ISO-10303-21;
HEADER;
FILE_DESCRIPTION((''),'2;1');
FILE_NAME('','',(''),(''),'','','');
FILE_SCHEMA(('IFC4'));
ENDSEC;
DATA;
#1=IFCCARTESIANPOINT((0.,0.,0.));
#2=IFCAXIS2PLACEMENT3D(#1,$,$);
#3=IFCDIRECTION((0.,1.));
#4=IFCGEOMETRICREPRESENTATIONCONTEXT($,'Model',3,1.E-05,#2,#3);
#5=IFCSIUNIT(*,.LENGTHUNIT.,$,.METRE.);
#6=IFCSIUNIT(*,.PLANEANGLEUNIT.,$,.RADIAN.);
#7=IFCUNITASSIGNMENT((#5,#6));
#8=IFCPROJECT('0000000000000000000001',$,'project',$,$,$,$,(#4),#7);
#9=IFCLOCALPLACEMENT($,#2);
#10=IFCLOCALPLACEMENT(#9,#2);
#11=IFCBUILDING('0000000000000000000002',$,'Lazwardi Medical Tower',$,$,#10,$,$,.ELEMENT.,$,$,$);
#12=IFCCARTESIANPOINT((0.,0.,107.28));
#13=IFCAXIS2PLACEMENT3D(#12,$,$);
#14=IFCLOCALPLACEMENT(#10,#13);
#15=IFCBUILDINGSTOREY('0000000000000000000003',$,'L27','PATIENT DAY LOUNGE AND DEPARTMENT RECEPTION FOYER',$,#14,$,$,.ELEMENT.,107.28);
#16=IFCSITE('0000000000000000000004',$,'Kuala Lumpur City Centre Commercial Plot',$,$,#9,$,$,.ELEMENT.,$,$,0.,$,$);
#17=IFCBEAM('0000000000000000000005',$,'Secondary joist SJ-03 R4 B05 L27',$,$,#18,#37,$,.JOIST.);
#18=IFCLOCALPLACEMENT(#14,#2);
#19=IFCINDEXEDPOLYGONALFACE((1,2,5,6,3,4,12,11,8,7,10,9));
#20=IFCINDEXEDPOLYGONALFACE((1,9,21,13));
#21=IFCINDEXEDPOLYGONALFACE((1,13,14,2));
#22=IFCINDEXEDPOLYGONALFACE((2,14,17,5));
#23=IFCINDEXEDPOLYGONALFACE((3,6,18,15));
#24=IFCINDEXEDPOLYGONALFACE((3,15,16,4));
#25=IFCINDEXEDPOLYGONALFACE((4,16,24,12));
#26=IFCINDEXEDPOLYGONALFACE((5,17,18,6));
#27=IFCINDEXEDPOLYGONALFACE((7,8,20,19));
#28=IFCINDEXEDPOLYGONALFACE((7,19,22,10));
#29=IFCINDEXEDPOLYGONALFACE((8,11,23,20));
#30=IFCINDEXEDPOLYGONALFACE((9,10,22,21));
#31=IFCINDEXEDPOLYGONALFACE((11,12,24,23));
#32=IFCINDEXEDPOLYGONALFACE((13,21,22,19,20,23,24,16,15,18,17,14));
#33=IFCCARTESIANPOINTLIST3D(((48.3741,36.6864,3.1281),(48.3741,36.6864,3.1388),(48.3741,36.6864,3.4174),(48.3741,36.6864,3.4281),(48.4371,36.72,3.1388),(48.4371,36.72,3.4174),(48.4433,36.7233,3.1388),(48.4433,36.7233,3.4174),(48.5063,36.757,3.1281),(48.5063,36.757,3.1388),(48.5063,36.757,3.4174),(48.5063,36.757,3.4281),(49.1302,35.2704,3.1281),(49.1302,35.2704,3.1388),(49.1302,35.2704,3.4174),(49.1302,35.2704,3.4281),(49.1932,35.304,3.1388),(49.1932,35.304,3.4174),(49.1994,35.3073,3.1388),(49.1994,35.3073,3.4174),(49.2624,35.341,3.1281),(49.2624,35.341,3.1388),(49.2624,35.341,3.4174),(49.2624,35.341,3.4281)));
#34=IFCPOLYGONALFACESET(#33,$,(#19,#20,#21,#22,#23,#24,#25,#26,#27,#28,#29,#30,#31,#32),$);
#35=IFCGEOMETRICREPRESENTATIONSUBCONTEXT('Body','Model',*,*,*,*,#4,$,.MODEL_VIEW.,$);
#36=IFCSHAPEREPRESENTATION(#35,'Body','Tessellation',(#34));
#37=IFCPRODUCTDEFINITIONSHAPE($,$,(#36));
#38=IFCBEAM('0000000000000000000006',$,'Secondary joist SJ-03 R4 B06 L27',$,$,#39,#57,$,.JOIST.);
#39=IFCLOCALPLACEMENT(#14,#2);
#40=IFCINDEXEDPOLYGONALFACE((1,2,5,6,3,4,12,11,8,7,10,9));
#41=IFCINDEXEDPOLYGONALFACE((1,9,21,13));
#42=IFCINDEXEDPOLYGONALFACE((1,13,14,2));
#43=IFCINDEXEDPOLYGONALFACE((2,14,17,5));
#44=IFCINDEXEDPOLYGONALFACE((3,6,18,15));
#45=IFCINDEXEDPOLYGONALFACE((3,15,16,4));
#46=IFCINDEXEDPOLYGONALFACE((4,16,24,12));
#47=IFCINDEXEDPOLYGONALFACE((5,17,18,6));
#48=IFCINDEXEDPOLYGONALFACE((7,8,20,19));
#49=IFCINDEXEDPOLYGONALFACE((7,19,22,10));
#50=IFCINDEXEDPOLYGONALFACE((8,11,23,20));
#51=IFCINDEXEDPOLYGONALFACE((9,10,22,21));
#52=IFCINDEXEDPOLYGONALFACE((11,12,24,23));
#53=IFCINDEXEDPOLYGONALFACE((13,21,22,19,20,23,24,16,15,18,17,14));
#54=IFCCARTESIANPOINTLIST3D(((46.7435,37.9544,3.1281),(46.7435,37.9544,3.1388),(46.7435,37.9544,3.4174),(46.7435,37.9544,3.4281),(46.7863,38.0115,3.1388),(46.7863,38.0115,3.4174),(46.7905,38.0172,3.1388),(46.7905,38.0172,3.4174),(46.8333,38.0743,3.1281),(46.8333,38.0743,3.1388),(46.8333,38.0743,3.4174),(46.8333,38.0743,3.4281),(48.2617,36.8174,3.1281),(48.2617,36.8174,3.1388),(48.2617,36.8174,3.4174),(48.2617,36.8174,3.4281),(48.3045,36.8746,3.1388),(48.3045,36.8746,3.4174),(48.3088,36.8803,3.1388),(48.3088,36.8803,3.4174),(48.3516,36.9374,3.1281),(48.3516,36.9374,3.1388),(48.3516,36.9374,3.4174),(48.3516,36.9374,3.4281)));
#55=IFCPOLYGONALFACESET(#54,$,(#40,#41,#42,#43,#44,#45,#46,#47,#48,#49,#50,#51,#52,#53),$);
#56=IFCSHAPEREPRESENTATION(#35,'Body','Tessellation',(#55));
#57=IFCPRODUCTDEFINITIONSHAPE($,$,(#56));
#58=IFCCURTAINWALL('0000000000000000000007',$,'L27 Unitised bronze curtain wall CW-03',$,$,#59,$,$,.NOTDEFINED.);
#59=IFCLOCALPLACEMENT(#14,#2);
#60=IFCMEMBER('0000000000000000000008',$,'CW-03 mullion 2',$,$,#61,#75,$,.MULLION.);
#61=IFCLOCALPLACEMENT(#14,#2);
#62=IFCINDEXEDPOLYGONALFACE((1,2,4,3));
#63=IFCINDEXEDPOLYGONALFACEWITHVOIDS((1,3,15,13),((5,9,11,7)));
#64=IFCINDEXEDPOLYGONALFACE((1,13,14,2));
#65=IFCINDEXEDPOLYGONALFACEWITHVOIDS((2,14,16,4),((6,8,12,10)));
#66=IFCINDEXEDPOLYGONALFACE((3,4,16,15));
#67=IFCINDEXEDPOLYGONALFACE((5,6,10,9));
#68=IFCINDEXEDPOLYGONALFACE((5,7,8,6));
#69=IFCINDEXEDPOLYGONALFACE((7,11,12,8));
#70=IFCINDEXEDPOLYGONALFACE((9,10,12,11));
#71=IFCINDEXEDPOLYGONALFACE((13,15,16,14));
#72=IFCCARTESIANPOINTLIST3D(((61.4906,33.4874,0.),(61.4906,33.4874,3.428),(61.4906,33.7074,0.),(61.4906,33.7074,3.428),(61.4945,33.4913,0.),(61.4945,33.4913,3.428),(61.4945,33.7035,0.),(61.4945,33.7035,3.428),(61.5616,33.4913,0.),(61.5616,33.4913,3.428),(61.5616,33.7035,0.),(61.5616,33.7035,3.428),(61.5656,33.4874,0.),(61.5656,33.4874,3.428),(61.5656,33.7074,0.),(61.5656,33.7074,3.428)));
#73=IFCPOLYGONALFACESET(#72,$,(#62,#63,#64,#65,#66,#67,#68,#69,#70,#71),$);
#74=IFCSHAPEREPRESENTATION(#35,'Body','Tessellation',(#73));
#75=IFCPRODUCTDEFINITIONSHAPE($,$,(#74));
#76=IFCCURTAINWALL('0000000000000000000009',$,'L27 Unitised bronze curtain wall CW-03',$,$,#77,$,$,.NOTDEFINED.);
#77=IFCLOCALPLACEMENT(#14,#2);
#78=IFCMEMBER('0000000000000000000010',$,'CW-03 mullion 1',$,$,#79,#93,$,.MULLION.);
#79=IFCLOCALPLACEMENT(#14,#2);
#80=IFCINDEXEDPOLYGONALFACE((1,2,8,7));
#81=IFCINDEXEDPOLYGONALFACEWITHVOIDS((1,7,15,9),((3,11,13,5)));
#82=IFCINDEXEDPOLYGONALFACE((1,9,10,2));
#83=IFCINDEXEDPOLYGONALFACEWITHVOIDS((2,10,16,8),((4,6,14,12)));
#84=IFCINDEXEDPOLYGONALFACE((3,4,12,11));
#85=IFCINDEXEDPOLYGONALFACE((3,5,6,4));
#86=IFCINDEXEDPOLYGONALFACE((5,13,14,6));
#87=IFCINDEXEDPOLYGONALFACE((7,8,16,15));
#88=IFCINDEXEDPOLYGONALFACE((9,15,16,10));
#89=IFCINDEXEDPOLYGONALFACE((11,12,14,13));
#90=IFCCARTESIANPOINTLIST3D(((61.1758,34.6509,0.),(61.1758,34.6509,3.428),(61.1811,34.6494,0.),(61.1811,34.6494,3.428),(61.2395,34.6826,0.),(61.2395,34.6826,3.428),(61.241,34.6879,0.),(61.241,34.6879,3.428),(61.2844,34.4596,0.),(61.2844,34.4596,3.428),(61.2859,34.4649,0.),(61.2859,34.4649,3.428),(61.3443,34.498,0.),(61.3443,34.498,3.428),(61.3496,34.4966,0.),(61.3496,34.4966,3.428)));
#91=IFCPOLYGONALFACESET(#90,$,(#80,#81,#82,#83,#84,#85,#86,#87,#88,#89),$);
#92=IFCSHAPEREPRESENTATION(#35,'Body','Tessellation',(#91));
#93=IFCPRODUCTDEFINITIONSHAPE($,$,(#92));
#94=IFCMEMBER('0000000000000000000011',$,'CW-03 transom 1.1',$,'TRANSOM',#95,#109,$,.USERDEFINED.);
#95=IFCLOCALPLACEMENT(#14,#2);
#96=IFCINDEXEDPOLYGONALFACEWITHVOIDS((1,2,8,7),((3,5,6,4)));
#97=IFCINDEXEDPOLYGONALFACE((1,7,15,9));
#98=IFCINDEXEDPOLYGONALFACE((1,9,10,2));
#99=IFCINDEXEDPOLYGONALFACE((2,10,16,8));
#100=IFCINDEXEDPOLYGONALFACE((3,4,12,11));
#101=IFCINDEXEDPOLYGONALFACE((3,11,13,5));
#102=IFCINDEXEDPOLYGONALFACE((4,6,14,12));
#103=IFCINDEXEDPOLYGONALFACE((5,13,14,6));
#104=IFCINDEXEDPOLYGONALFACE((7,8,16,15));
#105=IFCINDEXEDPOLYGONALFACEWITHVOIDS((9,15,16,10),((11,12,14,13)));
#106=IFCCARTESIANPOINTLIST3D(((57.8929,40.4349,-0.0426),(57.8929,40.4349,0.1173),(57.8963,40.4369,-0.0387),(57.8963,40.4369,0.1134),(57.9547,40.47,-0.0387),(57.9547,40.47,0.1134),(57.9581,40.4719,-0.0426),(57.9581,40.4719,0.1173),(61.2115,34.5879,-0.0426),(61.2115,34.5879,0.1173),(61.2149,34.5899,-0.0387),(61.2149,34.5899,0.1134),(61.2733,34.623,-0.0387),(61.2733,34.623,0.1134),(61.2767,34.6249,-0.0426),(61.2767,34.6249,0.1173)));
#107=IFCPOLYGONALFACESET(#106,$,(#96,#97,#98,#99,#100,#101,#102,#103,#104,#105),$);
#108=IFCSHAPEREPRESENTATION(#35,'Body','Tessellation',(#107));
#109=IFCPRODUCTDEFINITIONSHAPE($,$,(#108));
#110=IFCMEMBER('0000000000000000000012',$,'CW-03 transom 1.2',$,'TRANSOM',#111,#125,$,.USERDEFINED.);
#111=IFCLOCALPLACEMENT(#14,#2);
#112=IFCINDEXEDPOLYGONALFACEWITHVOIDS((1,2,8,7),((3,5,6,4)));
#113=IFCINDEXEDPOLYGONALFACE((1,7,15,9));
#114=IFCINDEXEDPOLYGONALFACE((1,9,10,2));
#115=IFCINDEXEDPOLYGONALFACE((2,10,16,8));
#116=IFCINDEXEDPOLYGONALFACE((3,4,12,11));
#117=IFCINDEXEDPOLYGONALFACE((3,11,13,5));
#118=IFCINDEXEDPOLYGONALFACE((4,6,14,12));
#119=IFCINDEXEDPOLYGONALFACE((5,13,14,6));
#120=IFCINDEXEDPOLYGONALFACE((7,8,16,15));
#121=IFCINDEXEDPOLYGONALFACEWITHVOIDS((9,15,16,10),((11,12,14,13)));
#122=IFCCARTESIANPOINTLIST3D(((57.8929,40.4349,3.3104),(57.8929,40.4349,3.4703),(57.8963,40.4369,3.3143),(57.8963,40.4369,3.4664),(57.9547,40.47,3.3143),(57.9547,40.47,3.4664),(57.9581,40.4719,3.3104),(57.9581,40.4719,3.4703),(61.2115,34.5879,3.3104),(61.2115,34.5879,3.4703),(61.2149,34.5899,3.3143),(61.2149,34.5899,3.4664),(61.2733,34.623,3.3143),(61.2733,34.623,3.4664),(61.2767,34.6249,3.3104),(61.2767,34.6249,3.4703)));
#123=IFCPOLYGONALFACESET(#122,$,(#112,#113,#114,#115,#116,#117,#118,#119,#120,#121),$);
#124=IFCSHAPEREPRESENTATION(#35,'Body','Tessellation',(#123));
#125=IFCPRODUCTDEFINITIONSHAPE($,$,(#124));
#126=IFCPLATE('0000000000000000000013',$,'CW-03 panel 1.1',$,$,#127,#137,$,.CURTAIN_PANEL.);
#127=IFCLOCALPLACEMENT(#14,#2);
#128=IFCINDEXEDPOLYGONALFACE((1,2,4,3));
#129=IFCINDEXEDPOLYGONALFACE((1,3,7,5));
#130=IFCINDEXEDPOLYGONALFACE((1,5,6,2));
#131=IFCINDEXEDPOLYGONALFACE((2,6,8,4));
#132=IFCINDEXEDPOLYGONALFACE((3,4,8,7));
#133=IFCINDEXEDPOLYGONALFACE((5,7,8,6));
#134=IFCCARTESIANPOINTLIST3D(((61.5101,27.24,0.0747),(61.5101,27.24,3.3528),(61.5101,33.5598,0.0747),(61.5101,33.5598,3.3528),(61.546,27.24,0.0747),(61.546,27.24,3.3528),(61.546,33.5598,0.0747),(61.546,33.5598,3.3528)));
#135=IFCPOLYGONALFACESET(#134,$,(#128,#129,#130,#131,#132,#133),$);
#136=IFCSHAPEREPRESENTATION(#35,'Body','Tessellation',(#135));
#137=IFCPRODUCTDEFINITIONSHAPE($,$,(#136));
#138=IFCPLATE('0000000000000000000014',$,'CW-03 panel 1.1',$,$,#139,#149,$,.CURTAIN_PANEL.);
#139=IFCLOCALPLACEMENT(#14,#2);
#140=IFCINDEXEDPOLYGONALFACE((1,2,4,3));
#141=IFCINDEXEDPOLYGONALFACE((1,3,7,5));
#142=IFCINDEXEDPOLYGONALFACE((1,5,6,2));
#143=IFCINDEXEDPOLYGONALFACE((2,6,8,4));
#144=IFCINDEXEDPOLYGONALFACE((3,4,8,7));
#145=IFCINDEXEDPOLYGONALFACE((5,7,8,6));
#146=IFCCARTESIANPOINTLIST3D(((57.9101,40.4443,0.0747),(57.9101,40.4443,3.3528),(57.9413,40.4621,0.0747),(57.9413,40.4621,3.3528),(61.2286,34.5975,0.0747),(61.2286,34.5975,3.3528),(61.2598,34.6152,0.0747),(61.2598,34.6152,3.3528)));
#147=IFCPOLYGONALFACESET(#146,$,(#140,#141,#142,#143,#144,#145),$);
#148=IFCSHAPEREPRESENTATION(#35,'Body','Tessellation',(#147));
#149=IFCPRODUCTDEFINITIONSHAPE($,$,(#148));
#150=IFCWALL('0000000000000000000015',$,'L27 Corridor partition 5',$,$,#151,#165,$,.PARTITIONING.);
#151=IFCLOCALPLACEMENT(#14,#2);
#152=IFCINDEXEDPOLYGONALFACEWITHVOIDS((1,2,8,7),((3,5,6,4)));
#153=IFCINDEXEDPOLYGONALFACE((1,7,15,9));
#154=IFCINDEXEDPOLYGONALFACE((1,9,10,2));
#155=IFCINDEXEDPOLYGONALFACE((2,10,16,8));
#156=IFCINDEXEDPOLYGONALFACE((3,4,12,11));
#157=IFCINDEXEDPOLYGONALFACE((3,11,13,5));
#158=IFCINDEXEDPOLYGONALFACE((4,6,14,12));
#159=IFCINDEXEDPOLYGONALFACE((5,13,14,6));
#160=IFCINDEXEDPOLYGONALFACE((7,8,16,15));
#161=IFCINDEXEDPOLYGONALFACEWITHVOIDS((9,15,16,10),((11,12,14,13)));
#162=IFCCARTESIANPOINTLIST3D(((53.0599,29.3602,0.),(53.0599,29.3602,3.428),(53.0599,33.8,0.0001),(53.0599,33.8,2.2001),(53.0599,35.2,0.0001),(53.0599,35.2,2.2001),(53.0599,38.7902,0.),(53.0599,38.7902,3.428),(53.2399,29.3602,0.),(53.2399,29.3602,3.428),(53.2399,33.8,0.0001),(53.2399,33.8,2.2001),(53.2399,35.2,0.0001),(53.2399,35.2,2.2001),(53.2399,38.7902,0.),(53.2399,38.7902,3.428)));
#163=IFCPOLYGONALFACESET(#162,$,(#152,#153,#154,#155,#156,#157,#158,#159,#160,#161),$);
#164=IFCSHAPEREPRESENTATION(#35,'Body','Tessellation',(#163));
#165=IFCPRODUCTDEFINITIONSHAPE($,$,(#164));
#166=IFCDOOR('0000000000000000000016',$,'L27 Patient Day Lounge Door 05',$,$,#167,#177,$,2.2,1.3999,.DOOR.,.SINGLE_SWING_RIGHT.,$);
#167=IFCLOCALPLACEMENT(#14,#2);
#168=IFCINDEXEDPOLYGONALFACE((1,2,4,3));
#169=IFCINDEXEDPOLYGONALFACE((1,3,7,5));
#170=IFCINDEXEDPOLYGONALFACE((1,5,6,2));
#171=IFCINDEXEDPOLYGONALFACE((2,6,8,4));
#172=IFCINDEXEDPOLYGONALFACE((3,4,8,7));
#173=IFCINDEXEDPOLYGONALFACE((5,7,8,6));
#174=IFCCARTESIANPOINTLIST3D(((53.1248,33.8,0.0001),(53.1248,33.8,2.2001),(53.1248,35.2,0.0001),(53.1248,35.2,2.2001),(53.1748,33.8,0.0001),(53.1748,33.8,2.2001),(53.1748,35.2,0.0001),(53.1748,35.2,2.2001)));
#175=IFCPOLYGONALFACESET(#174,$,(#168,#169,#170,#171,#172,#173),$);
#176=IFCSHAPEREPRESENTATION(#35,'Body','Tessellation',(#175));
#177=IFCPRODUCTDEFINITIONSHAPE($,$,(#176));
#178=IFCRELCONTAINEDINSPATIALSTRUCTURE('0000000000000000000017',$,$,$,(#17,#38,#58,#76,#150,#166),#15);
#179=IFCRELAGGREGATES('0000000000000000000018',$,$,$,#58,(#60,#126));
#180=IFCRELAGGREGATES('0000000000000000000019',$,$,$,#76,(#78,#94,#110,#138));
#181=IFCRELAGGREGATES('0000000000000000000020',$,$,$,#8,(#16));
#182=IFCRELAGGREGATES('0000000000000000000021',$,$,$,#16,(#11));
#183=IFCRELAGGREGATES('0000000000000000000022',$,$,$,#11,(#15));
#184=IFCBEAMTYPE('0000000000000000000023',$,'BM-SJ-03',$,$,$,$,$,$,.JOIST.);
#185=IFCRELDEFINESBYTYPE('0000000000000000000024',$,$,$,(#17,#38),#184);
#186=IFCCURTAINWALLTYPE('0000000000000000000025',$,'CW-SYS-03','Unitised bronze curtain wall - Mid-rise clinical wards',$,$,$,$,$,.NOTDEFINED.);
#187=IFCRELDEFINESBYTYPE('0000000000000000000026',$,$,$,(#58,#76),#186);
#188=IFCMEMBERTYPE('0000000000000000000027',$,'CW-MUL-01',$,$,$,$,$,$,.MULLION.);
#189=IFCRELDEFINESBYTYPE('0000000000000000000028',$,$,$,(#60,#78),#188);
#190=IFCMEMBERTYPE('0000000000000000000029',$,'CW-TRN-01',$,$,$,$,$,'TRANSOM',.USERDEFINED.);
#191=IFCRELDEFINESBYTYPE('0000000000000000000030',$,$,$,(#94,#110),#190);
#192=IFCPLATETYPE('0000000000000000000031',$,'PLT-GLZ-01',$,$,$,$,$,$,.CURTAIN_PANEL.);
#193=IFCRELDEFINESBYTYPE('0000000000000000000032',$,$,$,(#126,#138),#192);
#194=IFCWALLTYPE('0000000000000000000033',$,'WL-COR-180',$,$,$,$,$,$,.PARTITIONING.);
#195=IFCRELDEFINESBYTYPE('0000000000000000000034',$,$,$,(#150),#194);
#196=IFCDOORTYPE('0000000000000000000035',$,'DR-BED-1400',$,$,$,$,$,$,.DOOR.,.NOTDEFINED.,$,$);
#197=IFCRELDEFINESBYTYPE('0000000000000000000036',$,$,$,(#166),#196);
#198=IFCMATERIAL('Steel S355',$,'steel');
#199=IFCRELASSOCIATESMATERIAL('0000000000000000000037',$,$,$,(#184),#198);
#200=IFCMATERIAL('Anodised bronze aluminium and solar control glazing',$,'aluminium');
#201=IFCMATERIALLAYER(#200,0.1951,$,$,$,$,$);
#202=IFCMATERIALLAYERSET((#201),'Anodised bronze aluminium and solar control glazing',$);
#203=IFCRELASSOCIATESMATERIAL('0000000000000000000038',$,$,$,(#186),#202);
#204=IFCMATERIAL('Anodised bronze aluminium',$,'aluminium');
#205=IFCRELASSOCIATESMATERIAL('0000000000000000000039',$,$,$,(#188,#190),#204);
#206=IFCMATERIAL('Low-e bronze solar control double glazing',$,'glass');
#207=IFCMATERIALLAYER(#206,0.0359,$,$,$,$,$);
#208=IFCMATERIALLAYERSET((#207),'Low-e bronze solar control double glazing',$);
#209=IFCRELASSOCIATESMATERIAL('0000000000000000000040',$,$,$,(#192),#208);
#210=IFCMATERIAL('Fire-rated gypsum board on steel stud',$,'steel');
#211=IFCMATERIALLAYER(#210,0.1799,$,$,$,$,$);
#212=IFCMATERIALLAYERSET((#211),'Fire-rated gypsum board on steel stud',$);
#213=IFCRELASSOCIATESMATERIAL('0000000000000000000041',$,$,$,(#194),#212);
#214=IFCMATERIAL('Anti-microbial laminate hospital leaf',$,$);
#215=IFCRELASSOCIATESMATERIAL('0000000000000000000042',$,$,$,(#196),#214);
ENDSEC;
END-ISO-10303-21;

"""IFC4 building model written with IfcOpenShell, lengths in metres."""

from ifc_helpers import new_model, si_unit, direction, frame, frame_2d, origin, origin_2d, place, context, subcontext, project, spatial, rectangle, hollow_rectangle, i_section, extrude, material, layer, layer_set, material_profile, profile_set, type_object, element, fill, aggregate, save


model = new_model("IFC4")

# Units and contexts
model_context = context("Model", 3, precision=1e-05, world=origin(), true_north=direction((0.0, 1.0)))
body_context = subcontext(model_context, "Body", "Model", "MODEL_VIEW")
ifc_project = project(units=[si_unit("LENGTHUNIT", "METRE"), si_unit("PLANEANGLEUNIT", "RADIAN")], contexts=[model_context])

# Site, building, storey
site_placement = place(None, origin())
site = spatial("IfcSite", under=ifc_project, at=site_placement, Name="Kuala Lumpur City Centre Commercial Plot", CompositionType="ELEMENT", RefElevation=0.0)
building_placement = place(site_placement, origin())
building = spatial("IfcBuilding", under=site, at=building_placement, Name="Lazwardi Medical Tower", CompositionType="ELEMENT")
storey_placement = place(building_placement, frame((0.0, 0.0, 107.28)))
storey = spatial("IfcBuildingStorey", under=building, at=storey_placement, Name="L27", Description="PATIENT DAY LOUNGE AND DEPARTMENT RECEPTION FOYER", CompositionType="ELEMENT", Elevation=107.28)

# Beams
ifc_material_1 = material(Name="Steel S355", Category="steel")
ifc_material_profile_1 = material_profile(ifc_material_1, i_section(OverallWidth=0.1499, OverallDepth=0.3, WebThickness=0.0071, FlangeThickness=0.0107, at=origin_2d()), Name="IPE 300")
ifc_profile_set_1 = profile_set([ifc_material_profile_1], Name="Steel S355")
beam_type_1 = type_object("IfcBeamType", Name="BM-SJ-03", PredefinedType="JOIST", material=ifc_profile_set_1)
beam_1_placement = place(storey_placement, frame((49.1963, 35.3057, 3.2781), z_axis=(-0.471022, 0.882121, 0.0), x_axis=(-0.882121, -0.471022, 0.0)))
element("IfcBeam", 1, at=beam_1_placement, inside=storey, type_object=beam_type_1, Name="Secondary joist SJ-03 R4 B05 L27", PredefinedType="JOIST", context=body_context, shape_type="SweptSolid", body=[
    extrude(i_section(OverallWidth=0.1499, OverallDepth=0.3, WebThickness=0.0071, FlangeThickness=0.0107, at=origin_2d()), origin(), (0.0, 0.0, 1.0), 1.6052),
])
beam_2_placement = place(storey_placement, frame((48.3066, 36.8774, 3.2781), z_axis=(-0.800448, 0.599403, 0.0), x_axis=(-0.599403, -0.800448, 0.0)))
element("IfcBeam", 2, at=beam_2_placement, inside=storey, type_object=beam_type_1, Name="Secondary joist SJ-03 R4 B06 L27", PredefinedType="JOIST", context=body_context, shape_type="SweptSolid", body=[
    extrude(i_section(OverallWidth=0.1499, OverallDepth=0.3, WebThickness=0.0071, FlangeThickness=0.0107, at=origin_2d()), origin(), (0.0, 0.0, 1.0), 1.8967),
])

# Curtain wall, member
ifc_material_2 = material(Name="Anodised bronze aluminium and solar control glazing", Category="aluminium")
ifc_layer_1 = layer(ifc_material_2, 0.1951)
ifc_layer_set_1 = layer_set([ifc_layer_1], Name="Anodised bronze aluminium and solar control glazing")
curtain_wall_type = type_object("IfcCurtainWallType", Name="CW-SYS-03", Description="Unitised bronze curtain wall - Mid-rise clinical wards", PredefinedType="NOTDEFINED", material=ifc_layer_set_1)
curtain_wall_1_placement = place(storey_placement, origin())
curtain_wall_1 = element("IfcCurtainWall", 3, at=curtain_wall_1_placement, inside=storey, type_object=curtain_wall_type, Name="L27 Unitised bronze curtain wall CW-03", PredefinedType="NOTDEFINED")
ifc_material_3 = material(Name="Anodised bronze aluminium", Category="aluminium")
ifc_material_profile_2 = material_profile(ifc_material_3, hollow_rectangle(XDim=0.075, YDim=0.22, WallThickness=0.0039, at=origin_2d()), Name="ALU-MULLION 220x75x4")
ifc_profile_set_2 = profile_set([ifc_material_profile_2], Name="Anodised bronze aluminium")
member_type_1 = type_object("IfcMemberType", Name="CW-MUL-01", PredefinedType="MULLION", material=ifc_profile_set_2)
member_1_placement = place(storey_placement, frame((61.5281, 33.5974, 0.0), z_axis=(0.0, 0.0, 1.0), x_axis=(-1.0, 0.0, 0.0)))
member_1 = element("IfcMember", 4, at=member_1_placement, type_object=member_type_1, Name="CW-03 mullion 2", PredefinedType="MULLION", context=body_context, shape_type="SweptSolid", body=[
    extrude(hollow_rectangle(XDim=0.075, YDim=0.22, WallThickness=0.0039, at=origin_2d()), origin(), (0.0, 0.0, 1.0), 3.428),
])

# Curtain wall, members
curtain_wall_2_placement = place(storey_placement, origin())
curtain_wall_2 = element("IfcCurtainWall", 5, at=curtain_wall_2_placement, inside=storey, type_object=curtain_wall_type, Name="L27 Unitised bronze curtain wall CW-03", PredefinedType="NOTDEFINED")
member_2_placement = place(storey_placement, frame((61.2627, 34.5737, 0.0), z_axis=(0.0, 0.0, 1.0), x_axis=(-0.869687, -0.493603, 0.0)))
member_2 = element("IfcMember", 6, at=member_2_placement, type_object=member_type_1, Name="CW-03 mullion 1", PredefinedType="MULLION", context=body_context, shape_type="SweptSolid", body=[
    extrude(hollow_rectangle(XDim=0.075, YDim=0.22, WallThickness=0.0039, at=origin_2d()), origin(), (0.0, 0.0, 1.0), 3.428),
])
ifc_material_profile_3 = material_profile(ifc_material_3, hollow_rectangle(XDim=0.075, YDim=0.1599, WallThickness=0.0039, at=origin_2d()), Name="ALU-TRANSOM 160x75x4")
ifc_profile_set_3 = profile_set([ifc_material_profile_3], Name="Anodised bronze aluminium")
member_type_2 = type_object("IfcMemberType", Name="CW-TRN-01", ElementType="TRANSOM", PredefinedType="USERDEFINED", material=ifc_profile_set_3)
member_3_placement = place(storey_placement, frame((61.2441, 34.6064, 0.0374), z_axis=(-0.493614, 0.869681, 0.0), x_axis=(-0.869681, -0.493614, 0.0)))
member_3 = element("IfcMember", 7, at=member_3_placement, type_object=member_type_2, Name="CW-03 transom 1.1", ObjectType="TRANSOM", PredefinedType="USERDEFINED", context=body_context, shape_type="SweptSolid", body=[
    extrude(hollow_rectangle(XDim=0.075, YDim=0.1599, WallThickness=0.0039, at=origin_2d()), origin(), (0.0, 0.0, 1.0), 6.7231),
])
member_4_placement = place(storey_placement, frame((61.2441, 34.6064, 3.3904), z_axis=(-0.493614, 0.869681, 0.0), x_axis=(-0.869681, -0.493614, 0.0)))
member_4 = element("IfcMember", 8, at=member_4_placement, type_object=member_type_2, Name="CW-03 transom 1.2", ObjectType="TRANSOM", PredefinedType="USERDEFINED", context=body_context, shape_type="SweptSolid", body=[
    extrude(hollow_rectangle(XDim=0.075, YDim=0.1599, WallThickness=0.0039, at=origin_2d()), origin(), (0.0, 0.0, 1.0), 6.7231),
])

# Plates
ifc_material_4 = material(Name="Low-e bronze solar control double glazing", Category="glass")
ifc_layer_2 = layer(ifc_material_4, 0.0359)
ifc_layer_set_2 = layer_set([ifc_layer_2], Name="Low-e bronze solar control double glazing")
plate_type = type_object("IfcPlateType", Name="PLT-GLZ-01", PredefinedType="CURTAIN_PANEL", material=ifc_layer_set_2)
plate_1_placement = place(storey_placement, frame((61.5281, 30.3999, 0.0747), z_axis=(0.0, 0.0, 1.0), x_axis=(0.0, 1.0, 0.0)))
plate_1 = element("IfcPlate", 9, at=plate_1_placement, type_object=plate_type, Name="CW-03 panel 1.1", PredefinedType="CURTAIN_PANEL", context=body_context, shape_type="SweptSolid", body=[
    extrude(rectangle(XDim=6.3198, YDim=0.0359, at=origin_2d()), origin(), (0.0, 0.0, 1.0), 3.2781),
])
aggregate(curtain_wall_1, [member_1, plate_1])
plate_2_placement = place(storey_placement, frame((59.585, 37.5298, 0.0747), z_axis=(0.0, 0.0, 1.0), x_axis=(-0.493603, 0.869687, 0.0)))
plate_2 = element("IfcPlate", 10, at=plate_2_placement, type_object=plate_type, Name="CW-03 panel 1.1", PredefinedType="CURTAIN_PANEL", context=body_context, shape_type="SweptSolid", body=[
    extrude(rectangle(XDim=6.7229, YDim=0.0359, at=origin_2d()), origin(), (0.0, 0.0, 1.0), 3.2781),
])
aggregate(curtain_wall_2, [member_2, member_3, member_4, plate_2])

# Wall, opening, door
ifc_material_5 = material(Name="Fire-rated gypsum board on steel stud", Category="steel")
ifc_layer_3 = layer(ifc_material_5, 0.1799)
ifc_layer_set_3 = layer_set([ifc_layer_3], Name="Fire-rated gypsum board on steel stud")
wall_type_1 = type_object("IfcWallType", Name="WL-COR-180", PredefinedType="PARTITIONING", material=ifc_layer_set_3)
wall_1_placement = place(storey_placement, frame((53.1499, 38.79, 0.0), z_axis=(0.0, 0.0, 1.0), x_axis=(0.0, -1.0, 0.0)))
wall_1 = element("IfcWall", 11, at=wall_1_placement, inside=storey, type_object=wall_type_1, Name="L27 Corridor partition 5", PredefinedType="PARTITIONING", context=body_context, shape_type="SweptSolid", body=[
    extrude(rectangle(XDim=9.4299, YDim=0.1799, at=frame_2d((4.7148, 0.0))), origin(), (0.0, 0.0, 1.0), 3.428),
])
opening_1_placement = place(wall_1_placement, frame((3.5901, 0.0, 0.0)))
opening_1 = element("IfcOpeningElement", 12, at=opening_1_placement, cuts=wall_1, PredefinedType="OPENING", context=body_context, shape_type="SweptSolid", body=[
    extrude(rectangle(XDim=1.3999, YDim=2.2, at=frame_2d((0.7, 1.1001))), frame((0.0, 0.0999, 0.0), z_axis=(0.0, -1.0, 0.0), x_axis=(1.0, 0.0, 0.0)), (0.0, 0.0, 1.0), 0.2),
])
ifc_material_6 = material(Name="Anti-microbial laminate hospital leaf")
door_type_1 = type_object("IfcDoorType", Name="DR-BED-1400", OperationType="NOTDEFINED", PredefinedType="DOOR", material=ifc_material_6)
door_1_placement = place(opening_1_placement, origin())
door_1 = element("IfcDoor", 13, at=door_1_placement, inside=storey, type_object=door_type_1, Name="L27 Patient Day Lounge Door 05", OperationType="SINGLE_SWING_RIGHT", OverallHeight=2.2, OverallWidth=1.3999, PredefinedType="DOOR", context=body_context, shape_type="SweptSolid", body=[
    extrude(rectangle(XDim=1.3999, YDim=2.2, at=frame_2d((0.7, 1.1001))), frame((0.0, 0.0249, 0.0), z_axis=(0.0, -1.0, 0.0), x_axis=(1.0, 0.0, 0.0)), (0.0, 0.0, 1.0), 0.05),
])
fill(opening_1, door_1)

save(model, "model.ifc")
